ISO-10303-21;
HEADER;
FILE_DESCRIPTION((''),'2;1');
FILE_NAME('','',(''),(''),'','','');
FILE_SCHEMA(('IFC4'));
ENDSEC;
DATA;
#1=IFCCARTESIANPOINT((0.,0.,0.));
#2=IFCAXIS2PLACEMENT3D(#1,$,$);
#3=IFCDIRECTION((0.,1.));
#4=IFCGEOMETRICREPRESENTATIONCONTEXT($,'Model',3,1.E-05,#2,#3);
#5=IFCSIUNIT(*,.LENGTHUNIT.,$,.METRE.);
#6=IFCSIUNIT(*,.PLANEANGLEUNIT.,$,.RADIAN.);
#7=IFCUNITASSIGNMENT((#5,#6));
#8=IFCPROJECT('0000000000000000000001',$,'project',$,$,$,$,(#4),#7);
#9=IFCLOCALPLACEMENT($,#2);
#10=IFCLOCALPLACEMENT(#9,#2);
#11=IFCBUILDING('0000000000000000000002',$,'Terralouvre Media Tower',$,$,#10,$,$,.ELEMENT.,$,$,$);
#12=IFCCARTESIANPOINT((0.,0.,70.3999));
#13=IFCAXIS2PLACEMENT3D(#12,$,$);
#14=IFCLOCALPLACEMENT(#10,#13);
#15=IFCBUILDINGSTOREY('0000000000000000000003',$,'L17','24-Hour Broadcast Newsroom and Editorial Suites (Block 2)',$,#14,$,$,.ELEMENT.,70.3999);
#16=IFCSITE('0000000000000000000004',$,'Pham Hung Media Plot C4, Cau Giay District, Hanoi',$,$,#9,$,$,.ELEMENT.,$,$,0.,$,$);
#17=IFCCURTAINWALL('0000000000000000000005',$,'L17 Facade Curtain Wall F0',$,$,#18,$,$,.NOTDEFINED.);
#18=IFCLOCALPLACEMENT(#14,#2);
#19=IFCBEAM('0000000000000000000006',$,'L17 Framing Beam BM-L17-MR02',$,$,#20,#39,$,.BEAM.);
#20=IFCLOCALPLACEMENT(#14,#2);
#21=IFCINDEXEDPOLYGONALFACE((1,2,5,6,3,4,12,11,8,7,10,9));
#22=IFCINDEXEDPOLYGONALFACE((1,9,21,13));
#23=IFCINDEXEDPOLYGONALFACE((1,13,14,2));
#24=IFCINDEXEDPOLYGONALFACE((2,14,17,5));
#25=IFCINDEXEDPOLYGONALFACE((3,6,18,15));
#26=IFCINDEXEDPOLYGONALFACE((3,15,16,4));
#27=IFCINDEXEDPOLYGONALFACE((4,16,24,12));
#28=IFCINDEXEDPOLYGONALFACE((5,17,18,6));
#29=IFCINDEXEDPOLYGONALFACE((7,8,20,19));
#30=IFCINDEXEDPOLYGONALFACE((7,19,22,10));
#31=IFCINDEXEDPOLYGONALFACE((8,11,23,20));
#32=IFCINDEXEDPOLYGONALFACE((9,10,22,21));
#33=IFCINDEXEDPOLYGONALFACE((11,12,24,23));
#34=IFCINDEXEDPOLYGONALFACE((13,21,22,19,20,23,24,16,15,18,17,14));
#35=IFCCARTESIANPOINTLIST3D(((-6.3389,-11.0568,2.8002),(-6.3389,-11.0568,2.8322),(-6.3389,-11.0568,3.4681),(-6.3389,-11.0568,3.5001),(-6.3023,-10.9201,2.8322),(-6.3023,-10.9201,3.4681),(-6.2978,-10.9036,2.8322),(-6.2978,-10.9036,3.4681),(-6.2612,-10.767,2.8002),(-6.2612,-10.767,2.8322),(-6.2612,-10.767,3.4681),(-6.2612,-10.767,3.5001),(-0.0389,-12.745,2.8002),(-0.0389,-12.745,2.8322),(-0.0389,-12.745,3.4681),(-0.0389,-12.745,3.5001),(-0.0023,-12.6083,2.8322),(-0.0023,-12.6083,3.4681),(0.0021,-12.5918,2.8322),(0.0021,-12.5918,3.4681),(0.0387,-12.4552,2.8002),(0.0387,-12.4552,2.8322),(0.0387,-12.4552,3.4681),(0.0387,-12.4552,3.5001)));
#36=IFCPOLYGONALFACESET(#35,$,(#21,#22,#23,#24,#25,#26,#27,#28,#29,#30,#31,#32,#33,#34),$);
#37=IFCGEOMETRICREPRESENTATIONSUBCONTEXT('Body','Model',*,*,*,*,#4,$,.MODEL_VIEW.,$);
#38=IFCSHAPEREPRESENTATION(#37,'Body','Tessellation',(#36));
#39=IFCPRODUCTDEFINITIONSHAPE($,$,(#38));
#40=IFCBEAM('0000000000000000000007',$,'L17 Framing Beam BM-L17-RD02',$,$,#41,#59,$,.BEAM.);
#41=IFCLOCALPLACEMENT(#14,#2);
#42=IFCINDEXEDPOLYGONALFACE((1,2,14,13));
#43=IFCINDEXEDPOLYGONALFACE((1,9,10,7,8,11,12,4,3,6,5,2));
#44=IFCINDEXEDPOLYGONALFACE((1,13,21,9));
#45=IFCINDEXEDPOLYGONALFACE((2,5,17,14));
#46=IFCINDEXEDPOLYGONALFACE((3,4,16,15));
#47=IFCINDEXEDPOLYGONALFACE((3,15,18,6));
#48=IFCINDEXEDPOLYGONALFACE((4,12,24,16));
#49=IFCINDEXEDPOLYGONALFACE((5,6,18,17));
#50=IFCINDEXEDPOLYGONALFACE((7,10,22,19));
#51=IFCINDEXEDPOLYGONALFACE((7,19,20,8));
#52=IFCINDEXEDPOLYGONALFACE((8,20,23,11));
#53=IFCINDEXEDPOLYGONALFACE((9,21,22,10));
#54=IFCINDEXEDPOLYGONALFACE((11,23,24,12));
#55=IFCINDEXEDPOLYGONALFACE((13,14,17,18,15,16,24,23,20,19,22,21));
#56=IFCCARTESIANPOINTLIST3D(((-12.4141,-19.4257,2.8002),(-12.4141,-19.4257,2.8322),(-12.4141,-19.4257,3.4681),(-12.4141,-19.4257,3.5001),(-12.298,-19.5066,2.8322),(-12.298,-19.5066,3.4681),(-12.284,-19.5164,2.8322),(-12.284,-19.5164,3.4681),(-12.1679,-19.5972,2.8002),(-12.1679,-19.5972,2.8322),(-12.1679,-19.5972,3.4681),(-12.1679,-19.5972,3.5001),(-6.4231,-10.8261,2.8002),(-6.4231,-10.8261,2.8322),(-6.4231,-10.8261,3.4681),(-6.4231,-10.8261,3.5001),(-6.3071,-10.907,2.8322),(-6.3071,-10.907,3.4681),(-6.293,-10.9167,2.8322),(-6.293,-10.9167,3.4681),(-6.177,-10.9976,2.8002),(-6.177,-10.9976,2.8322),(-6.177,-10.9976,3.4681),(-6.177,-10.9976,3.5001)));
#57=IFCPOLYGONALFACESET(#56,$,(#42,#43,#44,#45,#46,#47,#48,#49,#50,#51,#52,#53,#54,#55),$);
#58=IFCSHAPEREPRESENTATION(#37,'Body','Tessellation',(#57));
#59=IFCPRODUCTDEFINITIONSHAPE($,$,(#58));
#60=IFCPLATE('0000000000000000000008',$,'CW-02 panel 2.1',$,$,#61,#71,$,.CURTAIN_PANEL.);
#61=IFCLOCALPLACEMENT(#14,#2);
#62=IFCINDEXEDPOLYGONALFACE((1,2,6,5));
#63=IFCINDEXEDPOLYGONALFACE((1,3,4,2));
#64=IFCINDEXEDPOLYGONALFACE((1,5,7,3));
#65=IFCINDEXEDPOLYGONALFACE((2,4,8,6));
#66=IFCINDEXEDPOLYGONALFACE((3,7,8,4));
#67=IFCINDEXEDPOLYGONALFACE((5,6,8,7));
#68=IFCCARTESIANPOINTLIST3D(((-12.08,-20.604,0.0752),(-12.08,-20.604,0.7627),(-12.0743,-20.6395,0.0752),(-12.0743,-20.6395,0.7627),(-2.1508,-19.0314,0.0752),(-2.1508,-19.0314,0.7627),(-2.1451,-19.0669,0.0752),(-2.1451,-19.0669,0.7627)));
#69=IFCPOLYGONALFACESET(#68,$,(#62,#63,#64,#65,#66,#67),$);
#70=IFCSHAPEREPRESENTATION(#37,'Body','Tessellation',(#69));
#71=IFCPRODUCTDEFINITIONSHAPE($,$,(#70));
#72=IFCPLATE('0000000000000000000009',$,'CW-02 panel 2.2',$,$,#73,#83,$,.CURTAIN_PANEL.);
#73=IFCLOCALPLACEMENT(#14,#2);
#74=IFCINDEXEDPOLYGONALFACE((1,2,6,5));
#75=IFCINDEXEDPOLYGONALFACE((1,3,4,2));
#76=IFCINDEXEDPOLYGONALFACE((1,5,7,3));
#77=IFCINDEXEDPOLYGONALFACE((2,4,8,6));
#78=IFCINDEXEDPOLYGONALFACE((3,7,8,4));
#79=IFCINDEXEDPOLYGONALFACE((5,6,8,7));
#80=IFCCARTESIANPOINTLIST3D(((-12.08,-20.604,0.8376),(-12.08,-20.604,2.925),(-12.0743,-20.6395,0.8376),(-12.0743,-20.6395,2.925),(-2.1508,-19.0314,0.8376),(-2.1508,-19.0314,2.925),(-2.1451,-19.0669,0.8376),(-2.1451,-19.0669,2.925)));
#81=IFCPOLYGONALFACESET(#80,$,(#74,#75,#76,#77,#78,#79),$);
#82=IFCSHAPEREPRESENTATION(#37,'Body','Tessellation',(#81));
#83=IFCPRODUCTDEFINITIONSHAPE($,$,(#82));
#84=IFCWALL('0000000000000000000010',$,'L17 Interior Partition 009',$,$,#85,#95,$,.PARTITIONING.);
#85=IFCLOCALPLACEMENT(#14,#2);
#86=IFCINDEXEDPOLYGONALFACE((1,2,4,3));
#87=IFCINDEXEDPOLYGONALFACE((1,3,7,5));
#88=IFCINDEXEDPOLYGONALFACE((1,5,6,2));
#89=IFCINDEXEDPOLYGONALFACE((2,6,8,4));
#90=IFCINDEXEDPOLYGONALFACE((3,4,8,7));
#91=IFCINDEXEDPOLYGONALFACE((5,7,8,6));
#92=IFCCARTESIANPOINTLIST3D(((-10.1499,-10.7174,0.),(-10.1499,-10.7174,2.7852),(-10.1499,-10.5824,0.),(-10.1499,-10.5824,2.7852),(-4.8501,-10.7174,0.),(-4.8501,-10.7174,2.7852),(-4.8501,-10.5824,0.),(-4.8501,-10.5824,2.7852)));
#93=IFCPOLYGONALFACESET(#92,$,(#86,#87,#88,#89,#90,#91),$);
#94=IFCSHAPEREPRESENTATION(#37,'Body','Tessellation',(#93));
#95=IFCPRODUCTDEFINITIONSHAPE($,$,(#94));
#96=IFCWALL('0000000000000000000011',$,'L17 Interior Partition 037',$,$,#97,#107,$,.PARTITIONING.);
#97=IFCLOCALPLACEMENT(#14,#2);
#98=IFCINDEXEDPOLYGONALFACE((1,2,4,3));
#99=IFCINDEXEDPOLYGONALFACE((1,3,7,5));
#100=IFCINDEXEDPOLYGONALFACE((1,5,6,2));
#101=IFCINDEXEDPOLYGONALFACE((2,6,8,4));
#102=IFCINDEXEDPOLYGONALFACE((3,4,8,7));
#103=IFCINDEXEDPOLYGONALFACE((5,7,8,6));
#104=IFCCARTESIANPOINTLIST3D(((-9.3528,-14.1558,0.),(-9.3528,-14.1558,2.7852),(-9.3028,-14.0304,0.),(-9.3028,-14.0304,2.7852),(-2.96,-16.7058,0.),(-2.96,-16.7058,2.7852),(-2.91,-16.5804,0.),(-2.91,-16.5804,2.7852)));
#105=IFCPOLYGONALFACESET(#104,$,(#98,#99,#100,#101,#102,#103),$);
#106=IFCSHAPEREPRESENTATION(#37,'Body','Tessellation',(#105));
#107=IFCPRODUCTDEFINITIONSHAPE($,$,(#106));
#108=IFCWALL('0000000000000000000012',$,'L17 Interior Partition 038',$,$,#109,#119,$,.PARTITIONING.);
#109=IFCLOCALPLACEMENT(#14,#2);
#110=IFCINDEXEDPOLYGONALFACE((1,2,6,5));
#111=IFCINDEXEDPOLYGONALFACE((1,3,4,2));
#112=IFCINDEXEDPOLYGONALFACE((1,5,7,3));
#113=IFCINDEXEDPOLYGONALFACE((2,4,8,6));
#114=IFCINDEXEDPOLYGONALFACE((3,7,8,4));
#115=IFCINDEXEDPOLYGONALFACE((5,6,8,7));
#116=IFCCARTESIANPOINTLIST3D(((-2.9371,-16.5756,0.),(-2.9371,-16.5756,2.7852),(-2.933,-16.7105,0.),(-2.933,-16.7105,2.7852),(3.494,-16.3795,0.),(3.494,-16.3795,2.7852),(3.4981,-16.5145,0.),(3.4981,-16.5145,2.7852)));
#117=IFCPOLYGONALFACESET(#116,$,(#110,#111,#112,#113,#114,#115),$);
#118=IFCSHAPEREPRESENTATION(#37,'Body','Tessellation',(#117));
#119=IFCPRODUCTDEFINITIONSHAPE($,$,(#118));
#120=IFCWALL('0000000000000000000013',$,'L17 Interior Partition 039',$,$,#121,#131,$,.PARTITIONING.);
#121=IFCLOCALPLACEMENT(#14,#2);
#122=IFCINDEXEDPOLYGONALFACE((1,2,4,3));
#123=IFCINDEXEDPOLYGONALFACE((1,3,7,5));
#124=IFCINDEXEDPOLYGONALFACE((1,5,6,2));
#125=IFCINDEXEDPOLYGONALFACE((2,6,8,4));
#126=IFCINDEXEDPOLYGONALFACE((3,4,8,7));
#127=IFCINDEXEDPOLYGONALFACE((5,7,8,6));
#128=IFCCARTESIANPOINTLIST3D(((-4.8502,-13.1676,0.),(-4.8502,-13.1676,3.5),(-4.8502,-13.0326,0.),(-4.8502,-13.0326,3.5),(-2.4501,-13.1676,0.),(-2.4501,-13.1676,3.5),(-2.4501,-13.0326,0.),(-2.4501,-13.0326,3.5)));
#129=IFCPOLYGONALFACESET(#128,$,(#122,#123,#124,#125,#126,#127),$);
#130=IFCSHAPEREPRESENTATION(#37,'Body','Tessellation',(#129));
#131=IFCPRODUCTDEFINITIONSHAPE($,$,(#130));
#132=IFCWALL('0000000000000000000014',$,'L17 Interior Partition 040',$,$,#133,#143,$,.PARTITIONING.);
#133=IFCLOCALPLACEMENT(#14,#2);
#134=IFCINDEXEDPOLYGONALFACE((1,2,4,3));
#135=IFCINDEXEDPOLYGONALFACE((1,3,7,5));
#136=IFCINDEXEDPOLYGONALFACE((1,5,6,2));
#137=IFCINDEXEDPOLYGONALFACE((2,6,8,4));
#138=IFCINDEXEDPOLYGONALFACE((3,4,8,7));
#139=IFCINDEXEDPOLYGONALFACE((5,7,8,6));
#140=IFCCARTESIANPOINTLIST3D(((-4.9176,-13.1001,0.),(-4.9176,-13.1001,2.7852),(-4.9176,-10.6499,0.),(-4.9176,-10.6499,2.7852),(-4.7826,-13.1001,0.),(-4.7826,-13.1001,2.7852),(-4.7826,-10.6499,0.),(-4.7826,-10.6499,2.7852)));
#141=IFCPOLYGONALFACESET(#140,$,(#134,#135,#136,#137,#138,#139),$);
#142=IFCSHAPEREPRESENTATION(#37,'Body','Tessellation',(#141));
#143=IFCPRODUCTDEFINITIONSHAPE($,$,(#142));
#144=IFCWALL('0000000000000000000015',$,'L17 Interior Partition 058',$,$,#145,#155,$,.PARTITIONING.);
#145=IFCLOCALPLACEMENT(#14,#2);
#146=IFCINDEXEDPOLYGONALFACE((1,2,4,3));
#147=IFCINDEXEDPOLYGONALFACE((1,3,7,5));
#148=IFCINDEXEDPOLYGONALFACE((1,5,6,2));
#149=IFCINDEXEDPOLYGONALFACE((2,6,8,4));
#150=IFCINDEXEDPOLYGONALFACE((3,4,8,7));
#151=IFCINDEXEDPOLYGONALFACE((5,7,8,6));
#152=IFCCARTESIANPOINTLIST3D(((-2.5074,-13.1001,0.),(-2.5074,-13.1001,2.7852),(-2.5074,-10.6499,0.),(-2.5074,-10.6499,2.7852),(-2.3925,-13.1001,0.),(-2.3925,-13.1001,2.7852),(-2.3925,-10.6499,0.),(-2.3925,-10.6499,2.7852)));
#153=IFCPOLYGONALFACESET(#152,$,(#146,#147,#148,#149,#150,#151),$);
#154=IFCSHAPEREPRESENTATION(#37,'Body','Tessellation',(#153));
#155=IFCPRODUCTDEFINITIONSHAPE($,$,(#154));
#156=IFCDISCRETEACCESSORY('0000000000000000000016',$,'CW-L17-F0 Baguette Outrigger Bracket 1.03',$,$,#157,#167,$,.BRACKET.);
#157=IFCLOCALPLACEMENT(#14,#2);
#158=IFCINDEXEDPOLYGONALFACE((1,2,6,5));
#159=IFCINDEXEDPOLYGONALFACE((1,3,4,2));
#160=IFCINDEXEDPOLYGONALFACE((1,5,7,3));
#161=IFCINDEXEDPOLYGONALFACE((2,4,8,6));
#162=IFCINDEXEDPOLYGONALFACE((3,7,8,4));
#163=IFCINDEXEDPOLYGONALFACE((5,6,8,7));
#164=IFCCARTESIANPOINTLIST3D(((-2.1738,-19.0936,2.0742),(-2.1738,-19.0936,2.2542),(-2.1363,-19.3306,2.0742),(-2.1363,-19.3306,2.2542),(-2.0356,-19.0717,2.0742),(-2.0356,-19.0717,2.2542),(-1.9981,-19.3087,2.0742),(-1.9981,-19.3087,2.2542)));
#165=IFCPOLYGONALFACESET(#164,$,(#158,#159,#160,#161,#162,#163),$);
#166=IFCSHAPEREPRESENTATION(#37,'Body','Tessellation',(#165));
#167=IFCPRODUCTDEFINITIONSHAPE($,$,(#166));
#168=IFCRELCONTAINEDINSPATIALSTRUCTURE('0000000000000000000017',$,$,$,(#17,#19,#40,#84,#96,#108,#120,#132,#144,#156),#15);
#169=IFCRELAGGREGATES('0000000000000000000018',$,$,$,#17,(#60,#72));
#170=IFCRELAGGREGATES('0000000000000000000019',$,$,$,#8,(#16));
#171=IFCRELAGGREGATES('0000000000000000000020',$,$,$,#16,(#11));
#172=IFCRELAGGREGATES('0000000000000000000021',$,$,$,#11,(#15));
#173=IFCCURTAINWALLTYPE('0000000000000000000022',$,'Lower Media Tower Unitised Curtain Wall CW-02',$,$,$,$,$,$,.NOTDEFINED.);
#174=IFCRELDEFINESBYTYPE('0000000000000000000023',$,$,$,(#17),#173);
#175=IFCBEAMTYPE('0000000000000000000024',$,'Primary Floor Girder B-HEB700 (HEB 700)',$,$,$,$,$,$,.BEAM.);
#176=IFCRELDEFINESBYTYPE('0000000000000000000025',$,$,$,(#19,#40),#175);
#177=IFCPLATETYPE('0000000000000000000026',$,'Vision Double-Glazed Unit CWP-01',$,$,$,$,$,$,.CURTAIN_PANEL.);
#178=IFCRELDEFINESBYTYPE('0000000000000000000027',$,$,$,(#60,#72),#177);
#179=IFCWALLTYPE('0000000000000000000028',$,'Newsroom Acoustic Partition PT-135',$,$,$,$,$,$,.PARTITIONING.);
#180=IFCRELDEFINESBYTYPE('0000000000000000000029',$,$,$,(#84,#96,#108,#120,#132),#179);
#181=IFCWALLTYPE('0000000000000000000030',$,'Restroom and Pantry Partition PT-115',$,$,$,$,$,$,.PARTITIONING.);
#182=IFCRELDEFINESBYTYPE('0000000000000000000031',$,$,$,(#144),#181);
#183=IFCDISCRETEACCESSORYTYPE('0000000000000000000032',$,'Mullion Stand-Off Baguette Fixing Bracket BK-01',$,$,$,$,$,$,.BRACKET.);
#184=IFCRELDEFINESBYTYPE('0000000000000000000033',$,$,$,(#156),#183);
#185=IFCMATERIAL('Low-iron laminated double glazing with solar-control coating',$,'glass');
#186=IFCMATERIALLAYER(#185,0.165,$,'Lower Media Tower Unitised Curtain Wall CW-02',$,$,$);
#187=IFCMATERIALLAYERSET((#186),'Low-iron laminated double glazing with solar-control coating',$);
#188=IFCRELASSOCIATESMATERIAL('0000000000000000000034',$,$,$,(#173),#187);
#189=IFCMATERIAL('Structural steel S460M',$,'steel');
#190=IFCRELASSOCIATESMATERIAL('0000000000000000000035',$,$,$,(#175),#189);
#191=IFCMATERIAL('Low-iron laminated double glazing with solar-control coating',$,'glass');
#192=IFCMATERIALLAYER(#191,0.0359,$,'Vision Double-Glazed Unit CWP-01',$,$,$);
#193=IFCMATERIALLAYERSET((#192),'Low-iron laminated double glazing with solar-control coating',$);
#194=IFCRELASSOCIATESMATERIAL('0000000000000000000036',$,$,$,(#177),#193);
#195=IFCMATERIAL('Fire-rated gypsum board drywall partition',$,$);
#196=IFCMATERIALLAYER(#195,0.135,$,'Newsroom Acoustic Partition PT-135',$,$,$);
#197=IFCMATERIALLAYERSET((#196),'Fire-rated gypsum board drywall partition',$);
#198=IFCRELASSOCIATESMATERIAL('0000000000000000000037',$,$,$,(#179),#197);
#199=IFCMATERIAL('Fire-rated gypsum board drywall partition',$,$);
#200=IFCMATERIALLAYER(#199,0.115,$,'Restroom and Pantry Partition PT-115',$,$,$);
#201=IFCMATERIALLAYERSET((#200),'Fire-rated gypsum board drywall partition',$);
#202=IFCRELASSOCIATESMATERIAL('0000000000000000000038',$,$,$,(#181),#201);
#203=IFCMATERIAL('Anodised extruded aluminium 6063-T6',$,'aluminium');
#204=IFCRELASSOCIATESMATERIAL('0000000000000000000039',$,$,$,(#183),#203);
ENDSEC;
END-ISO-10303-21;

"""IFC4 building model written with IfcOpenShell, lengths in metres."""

from ifc_helpers import new_model, si_unit, direction, frame, frame_2d, origin, origin_2d, place, context, subcontext, project, spatial, rectangle, i_section, extrude, material, layer, layer_set, material_profile, profile_set, type_object, element, aggregate, save


model = new_model("IFC4")

# Units and contexts
model_context = context("Model", 3, precision=1e-05, world=origin(), true_north=direction((0.0, 1.0)))
body_context = subcontext(model_context, "Body", "Model", "MODEL_VIEW")
ifc_project = project(units=[si_unit("LENGTHUNIT", "METRE"), si_unit("PLANEANGLEUNIT", "RADIAN")], contexts=[model_context])

# Site, building, storey
site_placement = place(None, origin())
site = spatial("IfcSite", under=ifc_project, at=site_placement, Name="Pham Hung Media Plot C4, Cau Giay District, Hanoi", CompositionType="ELEMENT", RefElevation=0.0)
building_placement = place(site_placement, origin())
building = spatial("IfcBuilding", under=site, at=building_placement, Name="Terralouvre Media Tower", CompositionType="ELEMENT")
storey_placement = place(building_placement, frame((0.0, 0.0, 70.3999)))
storey = spatial("IfcBuildingStorey", under=building, at=storey_placement, Name="L17", Description="24-Hour Broadcast Newsroom and Editorial Suites (Block 2)", CompositionType="ELEMENT", Elevation=70.3999)

# Curtain wall
ifc_material_1 = material(Name="Low-iron laminated double glazing with solar-control coating", Category="glass")
ifc_layer_1 = layer(ifc_material_1, 0.165, Name="Lower Media Tower Unitised Curtain Wall CW-02")
ifc_layer_set_1 = layer_set([ifc_layer_1], Name="Low-iron laminated double glazing with solar-control coating")
curtain_wall_type = type_object("IfcCurtainWallType", Name="Lower Media Tower Unitised Curtain Wall CW-02", PredefinedType="NOTDEFINED", material=ifc_layer_set_1)
curtain_wall_placement = place(storey_placement, origin())
curtain_wall = element("IfcCurtainWall", 1, at=curtain_wall_placement, inside=storey, type_object=curtain_wall_type, Name="L17 Facade Curtain Wall F0", PredefinedType="NOTDEFINED")

# Beams
ifc_material_2 = material(Name="Structural steel S460M", Category="steel")
ifc_material_profile_1 = material_profile(ifc_material_2, i_section(OverallWidth=0.3, OverallDepth=0.7, WebThickness=0.0171, FlangeThickness=0.032, at=origin_2d()), Name="HEB 700")
ifc_profile_set_1 = profile_set([ifc_material_profile_1], Name="Structural steel S460M")
beam_type_1 = type_object("IfcBeamType", Name="Primary Floor Girder B-HEB700 (HEB 700)", PredefinedType="BEAM", material=ifc_profile_set_1)
beam_1_placement = place(storey_placement, frame((-6.3, -10.9119, 3.1501), z_axis=(0.96592, -0.258839, 0.0), x_axis=(0.258839, 0.96592, 0.0)))
element("IfcBeam", 2, at=beam_1_placement, inside=storey, type_object=beam_type_1, Name="L17 Framing Beam BM-L17-MR02", PredefinedType="BEAM", context=body_context, shape_type="SweptSolid", body=[
    extrude(i_section(OverallWidth=0.3, OverallDepth=0.7, WebThickness=0.0171, FlangeThickness=0.032, at=origin_2d()), origin(), (0.0, 0.0, 1.0), 6.5222),
])
beam_2_placement = place(storey_placement, frame((-6.3, -10.9119, 3.1501), z_axis=(-0.571619, -0.820519, 0.0), x_axis=(0.820519, -0.571619, 0.0)))
element("IfcBeam", 3, at=beam_2_placement, inside=storey, type_object=beam_type_1, Name="L17 Framing Beam BM-L17-RD02", PredefinedType="BEAM", context=body_context, shape_type="SweptSolid", body=[
    extrude(i_section(OverallWidth=0.3, OverallDepth=0.7, WebThickness=0.0171, FlangeThickness=0.032, at=origin_2d()), origin(), (0.0, 0.0, 1.0), 10.4807),
])

# Plates
ifc_material_3 = material(Name="Low-iron laminated double glazing with solar-control coating", Category="glass")
ifc_layer_2 = layer(ifc_material_3, 0.0359, Name="Vision Double-Glazed Unit CWP-01")
ifc_layer_set_2 = layer_set([ifc_layer_2], Name="Low-iron laminated double glazing with solar-control coating")
plate_type = type_object("IfcPlateType", Name="Vision Double-Glazed Unit CWP-01", PredefinedType="CURTAIN_PANEL", material=ifc_layer_set_2)
plate_1_placement = place(storey_placement, frame((-7.1125, -19.8354, 0.0752), z_axis=(0.0, 0.0, 1.0), x_axis=(0.987688, 0.156434, 0.0)))
plate_1 = element("IfcPlate", 4, at=plate_1_placement, type_object=plate_type, Name="CW-02 panel 2.1", PredefinedType="CURTAIN_PANEL", context=body_context, shape_type="SweptSolid", body=[
    extrude(rectangle(XDim=10.053, YDim=0.0359, at=origin_2d()), origin(), (0.0, 0.0, 1.0), 0.6875),
])
plate_2_placement = place(storey_placement, frame((-7.1125, -19.8354, 0.8376), z_axis=(0.0, 0.0, 1.0), x_axis=(0.987688, 0.156434, 0.0)))
plate_2 = element("IfcPlate", 5, at=plate_2_placement, type_object=plate_type, Name="CW-02 panel 2.2", PredefinedType="CURTAIN_PANEL", context=body_context, shape_type="SweptSolid", body=[
    extrude(rectangle(XDim=10.053, YDim=0.0359, at=origin_2d()), origin(), (0.0, 0.0, 1.0), 2.0874),
])
aggregate(curtain_wall, [plate_1, plate_2])

# Walls
ifc_material_4 = material(Name="Fire-rated gypsum board drywall partition")
ifc_layer_3 = layer(ifc_material_4, 0.135, Name="Newsroom Acoustic Partition PT-135")
ifc_layer_set_3 = layer_set([ifc_layer_3], Name="Fire-rated gypsum board drywall partition")
wall_type_1 = type_object("IfcWallType", Name="Newsroom Acoustic Partition PT-135", PredefinedType="PARTITIONING", material=ifc_layer_set_3)
wall_1_placement = place(storey_placement, frame((-10.1499, -10.6499, 0.0), z_axis=(0.0, 0.0, 1.0), x_axis=(1.0, 0.0, 0.0)))
element("IfcWall", 6, at=wall_1_placement, inside=storey, type_object=wall_type_1, Name="L17 Interior Partition 009", PredefinedType="PARTITIONING", context=body_context, shape_type="SweptSolid", body=[
    extrude(rectangle(XDim=5.2998, YDim=0.135, at=frame_2d((2.6499, 0.0))), origin(), (0.0, 0.0, 1.0), 2.7852),
])
wall_2_placement = place(storey_placement, frame((-9.3279, -14.093, 0.0), z_axis=(0.0, 0.0, 1.0), x_axis=(0.928831, -0.370504, 0.0)))
element("IfcWall", 7, at=wall_2_placement, inside=storey, type_object=wall_type_1, Name="L17 Interior Partition 037", PredefinedType="PARTITIONING", context=body_context, shape_type="SweptSolid", body=[
    extrude(rectangle(XDim=6.8826, YDim=0.135, at=frame_2d((3.4414, 0.0))), origin(), (0.0, 0.0, 1.0), 2.7852),
])
wall_3_placement = place(storey_placement, frame((-2.9351, -16.6431, 0.0), z_axis=(0.0, 0.0, 1.0), x_axis=(0.999536, 0.030469, 0.0)))
element("IfcWall", 8, at=wall_3_placement, inside=storey, type_object=wall_type_1, Name="L17 Interior Partition 038", PredefinedType="PARTITIONING", context=body_context, shape_type="SweptSolid", body=[
    extrude(rectangle(XDim=6.4341, YDim=0.135, at=frame_2d((3.217, 0.0))), origin(), (0.0, 0.0, 1.0), 2.7852),
])
wall_4_placement = place(storey_placement, frame((-2.45, -13.1001, 0.0), z_axis=(0.0, 0.0, 1.0), x_axis=(-1.0, 0.0, 0.0)))
element("IfcWall", 9, at=wall_4_placement, inside=storey, type_object=wall_type_1, Name="L17 Interior Partition 039", PredefinedType="PARTITIONING", context=body_context, shape_type="SweptSolid", body=[
    extrude(rectangle(XDim=2.4001, YDim=0.135, at=frame_2d((1.2002, 0.0))), origin(), (0.0, 0.0, 1.0), 3.5),
])
wall_5_placement = place(storey_placement, frame((-4.8501, -13.1001, 0.0), z_axis=(0.0, 0.0, 1.0), x_axis=(0.0, 1.0, 0.0)))
element("IfcWall", 10, at=wall_5_placement, inside=storey, type_object=wall_type_1, Name="L17 Interior Partition 040", PredefinedType="PARTITIONING", context=body_context, shape_type="SweptSolid", body=[
    extrude(rectangle(XDim=2.4502, YDim=0.135, at=frame_2d((1.2251, 0.0))), origin(), (0.0, 0.0, 1.0), 2.7852),
])
ifc_material_5 = material(Name="Fire-rated gypsum board drywall partition")
ifc_layer_4 = layer(ifc_material_5, 0.115, Name="Restroom and Pantry Partition PT-115")
ifc_layer_set_4 = layer_set([ifc_layer_4], Name="Fire-rated gypsum board drywall partition")
wall_type_2 = type_object("IfcWallType", Name="Restroom and Pantry Partition PT-115", PredefinedType="PARTITIONING", material=ifc_layer_set_4)
wall_6_placement = place(storey_placement, frame((-2.45, -13.1001, 0.0), z_axis=(0.0, 0.0, 1.0), x_axis=(0.0, 1.0, 0.0)))
element("IfcWall", 11, at=wall_6_placement, inside=storey, type_object=wall_type_2, Name="L17 Interior Partition 058", PredefinedType="PARTITIONING", context=body_context, shape_type="SweptSolid", body=[
    extrude(rectangle(XDim=2.4502, YDim=0.115, at=frame_2d((1.2251, 0.0))), origin(), (0.0, 0.0, 1.0), 2.7852),
])

# Discrete accessory
ifc_material_6 = material(Name="Anodised extruded aluminium 6063-T6", Category="aluminium")
discrete_accessory_type = type_object("IfcDiscreteAccessoryType", Name="Mullion Stand-Off Baguette Fixing Bracket BK-01", PredefinedType="BRACKET", material=ifc_material_6)
discrete_accessory_placement = place(storey_placement, frame((-2.0859, -19.2012, 2.0742), z_axis=(0.0, 0.0, 1.0), x_axis=(0.987688, 0.156434, 0.0)))
element("IfcDiscreteAccessory", 12, at=discrete_accessory_placement, inside=storey, type_object=discrete_accessory_type, Name="CW-L17-F0 Baguette Outrigger Bracket 1.03", PredefinedType="BRACKET", context=body_context, shape_type="SweptSolid", body=[
    extrude(rectangle(XDim=0.1399, YDim=0.24, at=origin_2d()), origin(), (0.0, 0.0, 1.0), 0.1799),
])

save(model, "model.ifc")
